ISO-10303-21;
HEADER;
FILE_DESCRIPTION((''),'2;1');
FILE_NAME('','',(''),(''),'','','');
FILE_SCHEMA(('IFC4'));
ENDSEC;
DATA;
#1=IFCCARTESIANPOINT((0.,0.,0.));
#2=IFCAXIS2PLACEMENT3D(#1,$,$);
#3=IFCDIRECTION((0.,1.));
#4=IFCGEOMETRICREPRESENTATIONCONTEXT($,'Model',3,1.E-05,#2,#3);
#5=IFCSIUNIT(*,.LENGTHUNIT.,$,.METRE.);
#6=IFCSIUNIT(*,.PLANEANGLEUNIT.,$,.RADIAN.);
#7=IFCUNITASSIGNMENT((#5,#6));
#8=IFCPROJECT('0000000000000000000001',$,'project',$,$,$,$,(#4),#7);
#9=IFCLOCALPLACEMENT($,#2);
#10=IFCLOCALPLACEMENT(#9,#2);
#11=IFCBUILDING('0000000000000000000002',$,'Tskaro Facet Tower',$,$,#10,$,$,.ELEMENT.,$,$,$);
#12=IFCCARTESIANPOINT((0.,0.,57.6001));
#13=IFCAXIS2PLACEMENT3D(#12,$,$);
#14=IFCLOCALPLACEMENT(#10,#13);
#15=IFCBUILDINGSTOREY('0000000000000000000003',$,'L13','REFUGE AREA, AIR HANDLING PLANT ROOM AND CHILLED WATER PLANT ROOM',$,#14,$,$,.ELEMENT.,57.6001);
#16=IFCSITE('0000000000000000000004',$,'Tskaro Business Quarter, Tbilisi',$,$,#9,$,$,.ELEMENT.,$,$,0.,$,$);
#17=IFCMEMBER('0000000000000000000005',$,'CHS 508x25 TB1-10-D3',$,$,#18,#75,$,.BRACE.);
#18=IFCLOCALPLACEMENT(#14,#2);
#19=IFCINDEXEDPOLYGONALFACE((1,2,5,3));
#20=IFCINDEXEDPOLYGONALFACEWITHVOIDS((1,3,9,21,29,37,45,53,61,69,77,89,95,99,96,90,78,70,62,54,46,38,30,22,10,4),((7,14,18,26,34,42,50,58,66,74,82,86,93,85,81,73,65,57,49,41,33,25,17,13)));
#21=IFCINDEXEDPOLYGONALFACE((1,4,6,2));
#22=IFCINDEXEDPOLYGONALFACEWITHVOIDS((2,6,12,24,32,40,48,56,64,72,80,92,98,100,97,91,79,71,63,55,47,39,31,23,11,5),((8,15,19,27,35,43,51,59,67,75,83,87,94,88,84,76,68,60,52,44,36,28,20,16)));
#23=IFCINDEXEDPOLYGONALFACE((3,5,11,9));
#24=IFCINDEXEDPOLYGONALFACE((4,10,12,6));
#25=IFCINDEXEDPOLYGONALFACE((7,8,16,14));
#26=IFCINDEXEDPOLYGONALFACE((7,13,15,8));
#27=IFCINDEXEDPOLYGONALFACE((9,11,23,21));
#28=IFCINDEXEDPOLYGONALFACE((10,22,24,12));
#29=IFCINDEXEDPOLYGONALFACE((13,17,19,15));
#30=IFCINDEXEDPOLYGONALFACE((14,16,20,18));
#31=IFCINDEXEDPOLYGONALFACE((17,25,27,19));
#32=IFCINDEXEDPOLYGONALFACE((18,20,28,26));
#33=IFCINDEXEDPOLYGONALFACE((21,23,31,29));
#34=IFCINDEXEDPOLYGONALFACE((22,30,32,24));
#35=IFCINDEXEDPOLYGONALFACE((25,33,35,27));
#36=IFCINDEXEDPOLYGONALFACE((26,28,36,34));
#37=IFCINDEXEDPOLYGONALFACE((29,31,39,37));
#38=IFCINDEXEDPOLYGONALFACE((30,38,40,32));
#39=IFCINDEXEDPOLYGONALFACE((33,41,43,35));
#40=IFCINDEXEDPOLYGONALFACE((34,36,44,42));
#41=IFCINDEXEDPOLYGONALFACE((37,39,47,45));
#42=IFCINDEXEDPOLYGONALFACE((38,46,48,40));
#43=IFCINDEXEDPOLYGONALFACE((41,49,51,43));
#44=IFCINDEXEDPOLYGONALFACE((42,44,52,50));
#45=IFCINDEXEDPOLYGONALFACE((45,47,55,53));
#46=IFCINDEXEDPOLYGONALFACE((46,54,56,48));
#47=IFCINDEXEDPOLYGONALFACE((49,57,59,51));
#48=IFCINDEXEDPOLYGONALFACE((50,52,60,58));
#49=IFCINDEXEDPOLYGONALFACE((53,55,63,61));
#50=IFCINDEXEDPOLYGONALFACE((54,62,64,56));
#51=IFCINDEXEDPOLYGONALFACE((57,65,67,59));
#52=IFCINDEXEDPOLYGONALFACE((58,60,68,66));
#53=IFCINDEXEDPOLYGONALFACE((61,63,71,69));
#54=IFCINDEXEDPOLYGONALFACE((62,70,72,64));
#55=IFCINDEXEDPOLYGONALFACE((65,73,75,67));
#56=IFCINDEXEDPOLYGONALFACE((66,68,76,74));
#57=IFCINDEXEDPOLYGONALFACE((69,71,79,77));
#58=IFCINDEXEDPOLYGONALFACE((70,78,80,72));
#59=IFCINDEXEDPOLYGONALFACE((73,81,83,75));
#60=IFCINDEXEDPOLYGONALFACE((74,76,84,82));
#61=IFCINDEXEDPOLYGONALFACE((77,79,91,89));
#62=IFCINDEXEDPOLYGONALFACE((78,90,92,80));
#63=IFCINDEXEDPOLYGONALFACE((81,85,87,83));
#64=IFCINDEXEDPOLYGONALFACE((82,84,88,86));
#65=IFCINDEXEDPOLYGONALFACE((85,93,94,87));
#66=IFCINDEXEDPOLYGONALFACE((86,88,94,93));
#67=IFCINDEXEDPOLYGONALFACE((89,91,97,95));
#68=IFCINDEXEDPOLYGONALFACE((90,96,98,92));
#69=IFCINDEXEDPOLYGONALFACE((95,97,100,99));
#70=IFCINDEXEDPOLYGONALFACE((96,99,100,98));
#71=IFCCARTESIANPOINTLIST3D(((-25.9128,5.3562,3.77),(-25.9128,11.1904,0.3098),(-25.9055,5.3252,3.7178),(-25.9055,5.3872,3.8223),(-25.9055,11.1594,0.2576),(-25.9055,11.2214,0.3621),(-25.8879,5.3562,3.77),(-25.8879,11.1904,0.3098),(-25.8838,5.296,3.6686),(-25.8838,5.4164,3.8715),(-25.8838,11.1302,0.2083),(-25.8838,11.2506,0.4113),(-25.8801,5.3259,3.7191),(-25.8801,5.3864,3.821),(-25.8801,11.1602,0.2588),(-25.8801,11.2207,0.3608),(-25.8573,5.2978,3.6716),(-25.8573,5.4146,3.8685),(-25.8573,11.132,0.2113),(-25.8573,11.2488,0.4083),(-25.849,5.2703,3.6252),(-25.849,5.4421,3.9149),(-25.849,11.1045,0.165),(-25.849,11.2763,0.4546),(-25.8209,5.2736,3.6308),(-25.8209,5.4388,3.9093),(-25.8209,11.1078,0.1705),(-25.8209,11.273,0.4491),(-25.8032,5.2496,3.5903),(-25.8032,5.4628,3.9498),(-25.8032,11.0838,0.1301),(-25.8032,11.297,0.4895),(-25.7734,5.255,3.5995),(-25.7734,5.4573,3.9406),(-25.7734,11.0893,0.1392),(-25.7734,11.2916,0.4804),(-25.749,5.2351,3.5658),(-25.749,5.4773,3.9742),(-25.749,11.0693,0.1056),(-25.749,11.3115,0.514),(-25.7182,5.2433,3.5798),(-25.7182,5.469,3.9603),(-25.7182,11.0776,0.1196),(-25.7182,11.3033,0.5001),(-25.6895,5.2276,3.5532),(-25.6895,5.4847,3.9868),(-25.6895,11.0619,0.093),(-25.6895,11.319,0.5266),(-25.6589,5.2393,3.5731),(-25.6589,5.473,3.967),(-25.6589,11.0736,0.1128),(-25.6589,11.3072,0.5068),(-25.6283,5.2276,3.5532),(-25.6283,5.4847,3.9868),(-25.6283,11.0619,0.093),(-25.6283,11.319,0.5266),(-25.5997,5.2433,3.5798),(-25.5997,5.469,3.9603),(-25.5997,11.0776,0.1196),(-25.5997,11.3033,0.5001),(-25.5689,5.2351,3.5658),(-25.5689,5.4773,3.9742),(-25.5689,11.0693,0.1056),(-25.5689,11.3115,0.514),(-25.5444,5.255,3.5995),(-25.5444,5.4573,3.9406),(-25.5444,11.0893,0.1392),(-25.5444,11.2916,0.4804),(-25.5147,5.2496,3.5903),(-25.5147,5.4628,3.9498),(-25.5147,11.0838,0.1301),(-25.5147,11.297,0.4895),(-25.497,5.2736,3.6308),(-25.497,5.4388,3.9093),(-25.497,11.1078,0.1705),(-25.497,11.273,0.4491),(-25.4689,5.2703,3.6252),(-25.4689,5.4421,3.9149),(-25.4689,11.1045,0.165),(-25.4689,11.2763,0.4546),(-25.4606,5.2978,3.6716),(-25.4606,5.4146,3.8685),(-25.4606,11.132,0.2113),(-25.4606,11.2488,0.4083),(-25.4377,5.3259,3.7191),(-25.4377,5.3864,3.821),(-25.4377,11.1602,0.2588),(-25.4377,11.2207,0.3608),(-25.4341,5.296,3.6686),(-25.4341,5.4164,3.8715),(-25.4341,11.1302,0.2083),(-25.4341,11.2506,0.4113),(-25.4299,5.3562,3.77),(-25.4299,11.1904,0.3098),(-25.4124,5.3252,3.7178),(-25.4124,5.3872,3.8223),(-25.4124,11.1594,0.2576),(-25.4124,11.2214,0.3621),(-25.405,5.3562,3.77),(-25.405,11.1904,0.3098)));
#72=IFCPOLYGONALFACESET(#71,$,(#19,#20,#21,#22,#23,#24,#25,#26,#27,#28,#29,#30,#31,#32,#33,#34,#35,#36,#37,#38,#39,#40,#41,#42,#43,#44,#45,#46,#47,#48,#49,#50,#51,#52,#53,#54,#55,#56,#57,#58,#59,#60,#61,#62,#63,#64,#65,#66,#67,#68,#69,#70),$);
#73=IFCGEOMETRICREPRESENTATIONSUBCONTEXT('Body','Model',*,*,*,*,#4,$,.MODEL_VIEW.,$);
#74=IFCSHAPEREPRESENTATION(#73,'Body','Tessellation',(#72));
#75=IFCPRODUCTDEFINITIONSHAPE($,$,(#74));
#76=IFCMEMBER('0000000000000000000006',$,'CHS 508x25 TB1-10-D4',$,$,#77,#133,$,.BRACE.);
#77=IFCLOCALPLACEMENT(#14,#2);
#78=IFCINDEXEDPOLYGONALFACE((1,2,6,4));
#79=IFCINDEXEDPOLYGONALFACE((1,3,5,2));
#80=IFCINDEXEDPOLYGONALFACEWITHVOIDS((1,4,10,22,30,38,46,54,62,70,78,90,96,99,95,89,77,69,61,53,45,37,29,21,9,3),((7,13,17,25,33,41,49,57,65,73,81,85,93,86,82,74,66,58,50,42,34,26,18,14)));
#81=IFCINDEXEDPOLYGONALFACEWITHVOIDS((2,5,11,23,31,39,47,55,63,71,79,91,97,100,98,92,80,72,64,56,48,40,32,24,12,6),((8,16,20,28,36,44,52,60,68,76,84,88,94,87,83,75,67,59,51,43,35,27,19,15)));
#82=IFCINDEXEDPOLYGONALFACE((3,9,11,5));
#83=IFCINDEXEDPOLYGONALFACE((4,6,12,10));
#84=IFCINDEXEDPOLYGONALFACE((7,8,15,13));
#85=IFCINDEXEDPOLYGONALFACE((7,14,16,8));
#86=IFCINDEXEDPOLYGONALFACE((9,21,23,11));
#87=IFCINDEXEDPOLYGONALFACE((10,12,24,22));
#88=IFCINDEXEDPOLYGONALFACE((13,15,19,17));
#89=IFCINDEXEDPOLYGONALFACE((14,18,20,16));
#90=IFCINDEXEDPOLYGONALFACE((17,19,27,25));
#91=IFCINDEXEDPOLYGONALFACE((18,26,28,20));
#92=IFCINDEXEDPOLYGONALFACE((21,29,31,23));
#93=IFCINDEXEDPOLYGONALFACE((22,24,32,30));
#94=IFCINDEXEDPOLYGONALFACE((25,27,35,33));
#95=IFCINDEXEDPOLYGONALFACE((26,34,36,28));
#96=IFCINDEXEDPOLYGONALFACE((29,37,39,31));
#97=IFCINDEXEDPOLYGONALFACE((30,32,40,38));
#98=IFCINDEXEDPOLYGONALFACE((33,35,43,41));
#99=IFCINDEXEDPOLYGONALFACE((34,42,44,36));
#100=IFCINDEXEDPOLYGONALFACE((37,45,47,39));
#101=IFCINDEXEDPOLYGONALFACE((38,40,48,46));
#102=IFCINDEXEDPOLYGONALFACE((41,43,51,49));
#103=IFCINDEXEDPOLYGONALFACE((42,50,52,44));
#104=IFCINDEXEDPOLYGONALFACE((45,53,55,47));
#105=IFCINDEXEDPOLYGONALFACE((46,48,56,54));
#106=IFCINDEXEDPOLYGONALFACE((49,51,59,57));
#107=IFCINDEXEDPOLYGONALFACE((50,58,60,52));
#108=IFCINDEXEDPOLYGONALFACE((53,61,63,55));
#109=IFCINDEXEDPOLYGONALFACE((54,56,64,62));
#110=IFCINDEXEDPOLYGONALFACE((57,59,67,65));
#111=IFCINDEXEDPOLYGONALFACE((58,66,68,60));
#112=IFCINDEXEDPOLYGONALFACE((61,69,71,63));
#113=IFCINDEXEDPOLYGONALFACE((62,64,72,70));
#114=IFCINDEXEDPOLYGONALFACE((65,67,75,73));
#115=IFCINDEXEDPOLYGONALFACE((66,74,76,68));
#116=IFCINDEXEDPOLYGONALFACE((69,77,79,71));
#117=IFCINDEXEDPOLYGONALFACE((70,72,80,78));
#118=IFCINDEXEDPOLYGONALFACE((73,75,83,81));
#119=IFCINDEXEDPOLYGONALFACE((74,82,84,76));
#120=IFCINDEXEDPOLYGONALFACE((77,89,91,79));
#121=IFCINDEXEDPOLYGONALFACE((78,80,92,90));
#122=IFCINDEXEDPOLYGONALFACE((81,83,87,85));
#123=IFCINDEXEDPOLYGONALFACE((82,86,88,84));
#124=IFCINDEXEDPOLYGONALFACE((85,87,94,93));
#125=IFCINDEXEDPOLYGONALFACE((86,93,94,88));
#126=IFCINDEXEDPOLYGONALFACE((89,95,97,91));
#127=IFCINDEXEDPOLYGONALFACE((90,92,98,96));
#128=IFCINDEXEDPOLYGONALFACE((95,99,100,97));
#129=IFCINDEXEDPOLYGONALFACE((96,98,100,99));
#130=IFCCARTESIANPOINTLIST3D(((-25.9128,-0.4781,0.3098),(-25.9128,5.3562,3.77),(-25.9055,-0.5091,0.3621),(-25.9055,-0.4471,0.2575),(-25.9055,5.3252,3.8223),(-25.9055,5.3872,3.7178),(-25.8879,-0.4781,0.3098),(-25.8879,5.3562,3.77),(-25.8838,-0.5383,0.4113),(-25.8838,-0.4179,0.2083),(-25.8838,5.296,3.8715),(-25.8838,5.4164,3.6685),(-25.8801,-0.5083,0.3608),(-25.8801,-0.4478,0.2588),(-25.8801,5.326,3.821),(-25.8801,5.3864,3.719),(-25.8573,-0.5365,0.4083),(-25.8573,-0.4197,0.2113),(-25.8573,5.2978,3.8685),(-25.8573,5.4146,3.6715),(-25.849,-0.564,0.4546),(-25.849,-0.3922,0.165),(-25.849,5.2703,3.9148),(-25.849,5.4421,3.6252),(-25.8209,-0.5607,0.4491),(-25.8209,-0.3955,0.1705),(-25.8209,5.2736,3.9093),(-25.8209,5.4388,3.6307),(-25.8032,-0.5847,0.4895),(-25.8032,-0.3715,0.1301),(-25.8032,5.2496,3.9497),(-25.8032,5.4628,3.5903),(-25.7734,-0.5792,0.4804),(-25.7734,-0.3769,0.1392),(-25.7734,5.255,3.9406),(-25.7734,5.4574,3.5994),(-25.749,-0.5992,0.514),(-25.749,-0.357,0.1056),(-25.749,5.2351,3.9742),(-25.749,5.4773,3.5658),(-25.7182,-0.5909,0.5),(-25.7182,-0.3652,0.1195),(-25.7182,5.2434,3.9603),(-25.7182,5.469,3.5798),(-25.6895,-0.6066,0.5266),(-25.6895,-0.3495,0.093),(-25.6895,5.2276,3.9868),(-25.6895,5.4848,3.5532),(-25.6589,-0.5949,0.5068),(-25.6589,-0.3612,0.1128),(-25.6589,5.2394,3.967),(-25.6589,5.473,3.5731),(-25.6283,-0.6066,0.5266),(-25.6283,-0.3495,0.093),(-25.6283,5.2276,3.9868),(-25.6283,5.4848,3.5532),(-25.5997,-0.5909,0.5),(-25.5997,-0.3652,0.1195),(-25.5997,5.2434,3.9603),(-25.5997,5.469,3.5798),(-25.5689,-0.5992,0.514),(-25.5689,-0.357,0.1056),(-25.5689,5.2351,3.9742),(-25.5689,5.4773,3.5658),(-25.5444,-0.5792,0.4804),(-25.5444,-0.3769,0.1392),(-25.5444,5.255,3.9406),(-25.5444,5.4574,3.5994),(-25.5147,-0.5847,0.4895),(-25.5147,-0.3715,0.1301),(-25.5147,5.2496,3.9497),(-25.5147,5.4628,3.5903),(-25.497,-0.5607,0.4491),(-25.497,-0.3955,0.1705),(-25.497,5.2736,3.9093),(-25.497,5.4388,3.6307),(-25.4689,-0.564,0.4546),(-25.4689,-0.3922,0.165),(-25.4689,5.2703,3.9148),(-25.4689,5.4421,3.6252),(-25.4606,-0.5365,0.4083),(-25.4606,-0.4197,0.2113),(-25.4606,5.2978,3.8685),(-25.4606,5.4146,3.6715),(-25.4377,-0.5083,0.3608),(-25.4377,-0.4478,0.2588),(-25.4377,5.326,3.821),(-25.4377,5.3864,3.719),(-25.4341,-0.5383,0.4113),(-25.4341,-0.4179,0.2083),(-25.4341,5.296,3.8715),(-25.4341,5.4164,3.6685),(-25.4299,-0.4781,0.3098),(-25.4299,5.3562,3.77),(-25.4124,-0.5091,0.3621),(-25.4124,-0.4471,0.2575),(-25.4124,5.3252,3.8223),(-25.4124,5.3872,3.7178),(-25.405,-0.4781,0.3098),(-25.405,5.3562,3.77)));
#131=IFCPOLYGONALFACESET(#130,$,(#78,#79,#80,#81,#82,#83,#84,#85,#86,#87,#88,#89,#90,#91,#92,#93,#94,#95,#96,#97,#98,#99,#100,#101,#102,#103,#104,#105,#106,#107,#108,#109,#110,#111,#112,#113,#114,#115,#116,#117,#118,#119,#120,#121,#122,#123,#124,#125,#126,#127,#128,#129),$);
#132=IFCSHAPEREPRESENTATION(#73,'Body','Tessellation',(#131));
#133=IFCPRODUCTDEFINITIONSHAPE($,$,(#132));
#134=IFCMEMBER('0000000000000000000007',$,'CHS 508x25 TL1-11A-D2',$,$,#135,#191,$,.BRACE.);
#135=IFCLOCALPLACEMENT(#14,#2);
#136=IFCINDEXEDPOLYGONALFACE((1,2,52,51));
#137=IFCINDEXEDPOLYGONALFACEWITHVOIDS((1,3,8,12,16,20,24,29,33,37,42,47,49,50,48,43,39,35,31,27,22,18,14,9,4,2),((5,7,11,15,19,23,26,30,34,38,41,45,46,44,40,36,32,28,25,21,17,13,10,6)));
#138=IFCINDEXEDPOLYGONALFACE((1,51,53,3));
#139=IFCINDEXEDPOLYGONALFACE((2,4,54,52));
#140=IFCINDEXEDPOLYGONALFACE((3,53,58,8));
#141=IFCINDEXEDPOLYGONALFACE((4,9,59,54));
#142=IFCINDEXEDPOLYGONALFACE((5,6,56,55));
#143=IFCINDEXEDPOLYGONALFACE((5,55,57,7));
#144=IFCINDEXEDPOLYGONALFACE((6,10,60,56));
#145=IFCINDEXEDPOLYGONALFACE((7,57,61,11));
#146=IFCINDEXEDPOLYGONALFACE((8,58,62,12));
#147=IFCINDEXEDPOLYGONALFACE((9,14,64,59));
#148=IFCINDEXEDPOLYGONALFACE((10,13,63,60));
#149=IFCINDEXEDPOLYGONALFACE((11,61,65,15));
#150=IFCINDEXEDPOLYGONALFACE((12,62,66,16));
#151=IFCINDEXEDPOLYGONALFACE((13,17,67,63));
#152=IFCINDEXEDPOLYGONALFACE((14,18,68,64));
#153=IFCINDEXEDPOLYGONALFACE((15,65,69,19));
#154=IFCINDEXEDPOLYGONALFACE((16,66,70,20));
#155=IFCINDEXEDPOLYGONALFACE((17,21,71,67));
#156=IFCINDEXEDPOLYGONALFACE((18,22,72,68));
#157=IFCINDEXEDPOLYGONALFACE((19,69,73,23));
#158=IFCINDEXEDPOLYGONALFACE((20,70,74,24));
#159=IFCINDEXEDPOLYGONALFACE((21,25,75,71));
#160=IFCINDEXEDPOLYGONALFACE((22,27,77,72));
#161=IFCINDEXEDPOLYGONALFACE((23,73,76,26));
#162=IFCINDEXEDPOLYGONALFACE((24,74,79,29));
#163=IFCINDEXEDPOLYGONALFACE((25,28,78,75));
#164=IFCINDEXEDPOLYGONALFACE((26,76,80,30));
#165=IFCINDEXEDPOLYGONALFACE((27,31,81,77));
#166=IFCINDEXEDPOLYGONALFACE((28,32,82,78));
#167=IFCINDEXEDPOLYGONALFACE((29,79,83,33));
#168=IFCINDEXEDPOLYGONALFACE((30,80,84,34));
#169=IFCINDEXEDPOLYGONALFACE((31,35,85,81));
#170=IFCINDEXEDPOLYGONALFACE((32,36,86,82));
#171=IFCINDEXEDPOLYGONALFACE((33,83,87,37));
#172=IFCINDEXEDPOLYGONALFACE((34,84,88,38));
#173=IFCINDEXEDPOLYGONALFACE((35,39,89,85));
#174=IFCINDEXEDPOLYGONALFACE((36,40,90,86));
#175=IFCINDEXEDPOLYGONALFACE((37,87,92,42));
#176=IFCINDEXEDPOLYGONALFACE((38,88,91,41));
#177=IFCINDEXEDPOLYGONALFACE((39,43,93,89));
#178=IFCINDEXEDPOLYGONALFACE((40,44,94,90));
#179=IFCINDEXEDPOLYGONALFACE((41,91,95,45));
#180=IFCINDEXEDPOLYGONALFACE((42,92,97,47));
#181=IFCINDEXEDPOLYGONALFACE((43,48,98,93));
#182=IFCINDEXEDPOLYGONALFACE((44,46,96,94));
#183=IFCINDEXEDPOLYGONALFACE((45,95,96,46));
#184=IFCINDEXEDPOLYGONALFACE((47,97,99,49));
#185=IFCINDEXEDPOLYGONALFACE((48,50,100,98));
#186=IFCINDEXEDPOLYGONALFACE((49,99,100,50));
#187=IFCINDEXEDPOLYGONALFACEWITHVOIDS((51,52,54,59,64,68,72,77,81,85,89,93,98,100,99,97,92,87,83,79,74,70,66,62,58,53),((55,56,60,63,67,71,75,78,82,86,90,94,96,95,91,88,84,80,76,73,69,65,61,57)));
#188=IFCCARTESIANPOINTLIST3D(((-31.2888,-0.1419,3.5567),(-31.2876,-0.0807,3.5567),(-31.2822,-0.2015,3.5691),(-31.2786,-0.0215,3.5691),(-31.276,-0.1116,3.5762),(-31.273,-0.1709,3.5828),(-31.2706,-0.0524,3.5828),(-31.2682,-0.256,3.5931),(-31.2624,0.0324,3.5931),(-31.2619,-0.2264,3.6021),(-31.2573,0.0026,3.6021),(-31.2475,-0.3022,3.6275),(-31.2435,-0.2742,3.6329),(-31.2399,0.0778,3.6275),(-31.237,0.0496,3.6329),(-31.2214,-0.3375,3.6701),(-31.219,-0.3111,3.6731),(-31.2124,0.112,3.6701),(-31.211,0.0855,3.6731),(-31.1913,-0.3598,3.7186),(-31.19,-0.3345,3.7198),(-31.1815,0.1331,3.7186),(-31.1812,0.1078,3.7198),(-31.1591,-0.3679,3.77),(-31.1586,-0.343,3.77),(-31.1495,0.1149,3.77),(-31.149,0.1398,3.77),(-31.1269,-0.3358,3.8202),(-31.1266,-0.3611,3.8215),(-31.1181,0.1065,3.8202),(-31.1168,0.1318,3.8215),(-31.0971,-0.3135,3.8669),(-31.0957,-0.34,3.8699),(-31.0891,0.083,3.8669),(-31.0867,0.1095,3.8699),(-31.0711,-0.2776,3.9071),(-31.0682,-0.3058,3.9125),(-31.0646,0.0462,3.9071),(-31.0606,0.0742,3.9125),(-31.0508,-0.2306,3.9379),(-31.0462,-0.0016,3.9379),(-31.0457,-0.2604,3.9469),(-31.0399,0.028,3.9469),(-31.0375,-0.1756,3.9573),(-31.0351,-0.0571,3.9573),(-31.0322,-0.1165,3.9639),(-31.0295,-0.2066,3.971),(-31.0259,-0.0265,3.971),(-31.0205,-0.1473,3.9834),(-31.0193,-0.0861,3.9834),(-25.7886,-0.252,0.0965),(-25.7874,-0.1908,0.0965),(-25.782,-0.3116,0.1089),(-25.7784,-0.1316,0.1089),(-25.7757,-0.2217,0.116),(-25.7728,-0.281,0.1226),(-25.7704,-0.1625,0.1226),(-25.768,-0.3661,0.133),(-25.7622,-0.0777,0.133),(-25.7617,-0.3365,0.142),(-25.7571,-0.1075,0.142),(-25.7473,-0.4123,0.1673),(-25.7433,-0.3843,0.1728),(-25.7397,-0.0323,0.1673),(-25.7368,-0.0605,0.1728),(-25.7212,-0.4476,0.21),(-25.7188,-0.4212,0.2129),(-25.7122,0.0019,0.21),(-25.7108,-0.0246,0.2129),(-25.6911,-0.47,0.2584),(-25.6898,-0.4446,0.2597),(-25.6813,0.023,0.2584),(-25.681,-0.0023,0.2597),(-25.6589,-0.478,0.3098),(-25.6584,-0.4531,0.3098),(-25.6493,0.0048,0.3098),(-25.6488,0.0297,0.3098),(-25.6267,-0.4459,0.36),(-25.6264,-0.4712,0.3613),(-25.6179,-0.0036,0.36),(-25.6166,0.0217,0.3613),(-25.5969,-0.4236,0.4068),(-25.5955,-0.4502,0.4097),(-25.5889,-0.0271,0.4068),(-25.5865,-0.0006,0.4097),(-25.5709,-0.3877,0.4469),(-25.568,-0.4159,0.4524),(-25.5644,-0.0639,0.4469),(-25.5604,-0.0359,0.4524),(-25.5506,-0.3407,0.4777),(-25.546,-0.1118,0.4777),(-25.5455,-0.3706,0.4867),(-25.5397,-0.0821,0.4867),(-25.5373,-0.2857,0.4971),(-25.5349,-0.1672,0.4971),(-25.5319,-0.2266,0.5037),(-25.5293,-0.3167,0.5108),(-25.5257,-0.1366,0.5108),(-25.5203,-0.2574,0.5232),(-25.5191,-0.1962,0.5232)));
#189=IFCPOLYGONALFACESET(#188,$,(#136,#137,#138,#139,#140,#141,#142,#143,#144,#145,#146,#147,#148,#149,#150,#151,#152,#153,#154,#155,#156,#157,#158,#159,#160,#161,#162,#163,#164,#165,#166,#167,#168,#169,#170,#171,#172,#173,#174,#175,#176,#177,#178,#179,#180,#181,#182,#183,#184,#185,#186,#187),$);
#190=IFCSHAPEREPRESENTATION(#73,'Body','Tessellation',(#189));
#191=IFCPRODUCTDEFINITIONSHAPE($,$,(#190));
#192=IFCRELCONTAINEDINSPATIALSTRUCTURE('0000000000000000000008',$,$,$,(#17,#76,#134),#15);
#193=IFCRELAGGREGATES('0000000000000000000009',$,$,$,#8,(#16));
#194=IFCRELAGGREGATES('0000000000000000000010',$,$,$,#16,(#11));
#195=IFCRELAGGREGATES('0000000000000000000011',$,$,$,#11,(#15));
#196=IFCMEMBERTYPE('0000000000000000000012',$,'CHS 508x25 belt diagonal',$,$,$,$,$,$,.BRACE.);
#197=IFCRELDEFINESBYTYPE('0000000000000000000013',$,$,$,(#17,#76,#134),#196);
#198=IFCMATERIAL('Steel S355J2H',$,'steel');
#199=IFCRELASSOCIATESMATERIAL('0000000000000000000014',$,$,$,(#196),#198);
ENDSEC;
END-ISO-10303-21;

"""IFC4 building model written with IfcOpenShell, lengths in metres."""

from ifc_helpers import new_model, si_unit, direction, frame, origin, origin_2d, place, context, subcontext, project, spatial, hollow_circle, extrude, material, material_profile, profile_set, type_object, element, save


model = new_model("IFC4")

# Units and contexts
model_context = context("Model", 3, precision=1e-05, world=origin(), true_north=direction((0.0, 1.0)))
body_context = subcontext(model_context, "Body", "Model", "MODEL_VIEW")
ifc_project = project(units=[si_unit("LENGTHUNIT", "METRE"), si_unit("PLANEANGLEUNIT", "RADIAN")], contexts=[model_context])

# Site, building, storey
site_placement = place(None, origin())
site = spatial("IfcSite", under=ifc_project, at=site_placement, Name="Tskaro Business Quarter, Tbilisi", CompositionType="ELEMENT", RefElevation=0.0)
building_placement = place(site_placement, origin())
building = spatial("IfcBuilding", under=site, at=building_placement, Name="Tskaro Facet Tower", CompositionType="ELEMENT")
storey_placement = place(building_placement, frame((0.0, 0.0, 57.6001)))
storey = spatial("IfcBuildingStorey", under=building, at=storey_placement, Name="L13", Description="REFUGE AREA, AIR HANDLING PLANT ROOM AND CHILLED WATER PLANT ROOM", CompositionType="ELEMENT", Elevation=57.6001)

# Shared definitions
ifc_material_1 = material(Name="Steel S355J2H", Category="steel")

# Members
ifc_material_profile_1 = material_profile(ifc_material_1, hollow_circle(Radius=0.2539, WallThickness=0.0249, at=origin_2d()), Name="CHS 508x25")
ifc_profile_set_1 = profile_set([ifc_material_profile_1], Name="Steel S355J2H")
member_type_1 = type_object("IfcMemberType", Name="CHS 508x25 belt diagonal", PredefinedType="BRACE", material=ifc_profile_set_1)
for number, where, z_axis, x_axis, name in (
    (1, (-25.6589, 11.1904, 0.3098), (0.0, -0.860105, 0.510117), (1.0, 0.0, 0.0), "CHS 508x25 TB1-10-D3"),
    (2, (-25.6589, 5.3562, 3.77), (0.0, -0.860105, -0.510117), (1.0, 0.0, 0.0), "CHS 508x25 TB1-10-D4"),
):
    element("IfcMember", number, at=place(storey_placement, frame(where, z_axis=z_axis, x_axis=x_axis)), inside=storey, type_object=member_type_1, Name=name, PredefinedType="BRACE", context=body_context, shape_type="SweptSolid", body=[
        extrude(hollow_circle(Radius=0.2539, WallThickness=0.0249, at=origin_2d()), origin(), (0.0, 0.0, 1.0), 6.7832),
    ])
member_1_placement = place(storey_placement, frame((-31.1541, -0.114, 3.77), z_axis=(0.846313, -0.016942, -0.532416), x_axis=(0.020015, 0.9998, 0.0)))
element("IfcMember", 3, at=member_1_placement, inside=storey, type_object=member_type_1, Name="CHS 508x25 TL1-11A-D2", PredefinedType="BRACE", context=body_context, shape_type="SweptSolid", body=[
    extrude(hollow_circle(Radius=0.2539, WallThickness=0.0249, at=origin_2d()), origin(), (0.0, 0.0, 1.0), 6.499),
])

save(model, "model.ifc")
